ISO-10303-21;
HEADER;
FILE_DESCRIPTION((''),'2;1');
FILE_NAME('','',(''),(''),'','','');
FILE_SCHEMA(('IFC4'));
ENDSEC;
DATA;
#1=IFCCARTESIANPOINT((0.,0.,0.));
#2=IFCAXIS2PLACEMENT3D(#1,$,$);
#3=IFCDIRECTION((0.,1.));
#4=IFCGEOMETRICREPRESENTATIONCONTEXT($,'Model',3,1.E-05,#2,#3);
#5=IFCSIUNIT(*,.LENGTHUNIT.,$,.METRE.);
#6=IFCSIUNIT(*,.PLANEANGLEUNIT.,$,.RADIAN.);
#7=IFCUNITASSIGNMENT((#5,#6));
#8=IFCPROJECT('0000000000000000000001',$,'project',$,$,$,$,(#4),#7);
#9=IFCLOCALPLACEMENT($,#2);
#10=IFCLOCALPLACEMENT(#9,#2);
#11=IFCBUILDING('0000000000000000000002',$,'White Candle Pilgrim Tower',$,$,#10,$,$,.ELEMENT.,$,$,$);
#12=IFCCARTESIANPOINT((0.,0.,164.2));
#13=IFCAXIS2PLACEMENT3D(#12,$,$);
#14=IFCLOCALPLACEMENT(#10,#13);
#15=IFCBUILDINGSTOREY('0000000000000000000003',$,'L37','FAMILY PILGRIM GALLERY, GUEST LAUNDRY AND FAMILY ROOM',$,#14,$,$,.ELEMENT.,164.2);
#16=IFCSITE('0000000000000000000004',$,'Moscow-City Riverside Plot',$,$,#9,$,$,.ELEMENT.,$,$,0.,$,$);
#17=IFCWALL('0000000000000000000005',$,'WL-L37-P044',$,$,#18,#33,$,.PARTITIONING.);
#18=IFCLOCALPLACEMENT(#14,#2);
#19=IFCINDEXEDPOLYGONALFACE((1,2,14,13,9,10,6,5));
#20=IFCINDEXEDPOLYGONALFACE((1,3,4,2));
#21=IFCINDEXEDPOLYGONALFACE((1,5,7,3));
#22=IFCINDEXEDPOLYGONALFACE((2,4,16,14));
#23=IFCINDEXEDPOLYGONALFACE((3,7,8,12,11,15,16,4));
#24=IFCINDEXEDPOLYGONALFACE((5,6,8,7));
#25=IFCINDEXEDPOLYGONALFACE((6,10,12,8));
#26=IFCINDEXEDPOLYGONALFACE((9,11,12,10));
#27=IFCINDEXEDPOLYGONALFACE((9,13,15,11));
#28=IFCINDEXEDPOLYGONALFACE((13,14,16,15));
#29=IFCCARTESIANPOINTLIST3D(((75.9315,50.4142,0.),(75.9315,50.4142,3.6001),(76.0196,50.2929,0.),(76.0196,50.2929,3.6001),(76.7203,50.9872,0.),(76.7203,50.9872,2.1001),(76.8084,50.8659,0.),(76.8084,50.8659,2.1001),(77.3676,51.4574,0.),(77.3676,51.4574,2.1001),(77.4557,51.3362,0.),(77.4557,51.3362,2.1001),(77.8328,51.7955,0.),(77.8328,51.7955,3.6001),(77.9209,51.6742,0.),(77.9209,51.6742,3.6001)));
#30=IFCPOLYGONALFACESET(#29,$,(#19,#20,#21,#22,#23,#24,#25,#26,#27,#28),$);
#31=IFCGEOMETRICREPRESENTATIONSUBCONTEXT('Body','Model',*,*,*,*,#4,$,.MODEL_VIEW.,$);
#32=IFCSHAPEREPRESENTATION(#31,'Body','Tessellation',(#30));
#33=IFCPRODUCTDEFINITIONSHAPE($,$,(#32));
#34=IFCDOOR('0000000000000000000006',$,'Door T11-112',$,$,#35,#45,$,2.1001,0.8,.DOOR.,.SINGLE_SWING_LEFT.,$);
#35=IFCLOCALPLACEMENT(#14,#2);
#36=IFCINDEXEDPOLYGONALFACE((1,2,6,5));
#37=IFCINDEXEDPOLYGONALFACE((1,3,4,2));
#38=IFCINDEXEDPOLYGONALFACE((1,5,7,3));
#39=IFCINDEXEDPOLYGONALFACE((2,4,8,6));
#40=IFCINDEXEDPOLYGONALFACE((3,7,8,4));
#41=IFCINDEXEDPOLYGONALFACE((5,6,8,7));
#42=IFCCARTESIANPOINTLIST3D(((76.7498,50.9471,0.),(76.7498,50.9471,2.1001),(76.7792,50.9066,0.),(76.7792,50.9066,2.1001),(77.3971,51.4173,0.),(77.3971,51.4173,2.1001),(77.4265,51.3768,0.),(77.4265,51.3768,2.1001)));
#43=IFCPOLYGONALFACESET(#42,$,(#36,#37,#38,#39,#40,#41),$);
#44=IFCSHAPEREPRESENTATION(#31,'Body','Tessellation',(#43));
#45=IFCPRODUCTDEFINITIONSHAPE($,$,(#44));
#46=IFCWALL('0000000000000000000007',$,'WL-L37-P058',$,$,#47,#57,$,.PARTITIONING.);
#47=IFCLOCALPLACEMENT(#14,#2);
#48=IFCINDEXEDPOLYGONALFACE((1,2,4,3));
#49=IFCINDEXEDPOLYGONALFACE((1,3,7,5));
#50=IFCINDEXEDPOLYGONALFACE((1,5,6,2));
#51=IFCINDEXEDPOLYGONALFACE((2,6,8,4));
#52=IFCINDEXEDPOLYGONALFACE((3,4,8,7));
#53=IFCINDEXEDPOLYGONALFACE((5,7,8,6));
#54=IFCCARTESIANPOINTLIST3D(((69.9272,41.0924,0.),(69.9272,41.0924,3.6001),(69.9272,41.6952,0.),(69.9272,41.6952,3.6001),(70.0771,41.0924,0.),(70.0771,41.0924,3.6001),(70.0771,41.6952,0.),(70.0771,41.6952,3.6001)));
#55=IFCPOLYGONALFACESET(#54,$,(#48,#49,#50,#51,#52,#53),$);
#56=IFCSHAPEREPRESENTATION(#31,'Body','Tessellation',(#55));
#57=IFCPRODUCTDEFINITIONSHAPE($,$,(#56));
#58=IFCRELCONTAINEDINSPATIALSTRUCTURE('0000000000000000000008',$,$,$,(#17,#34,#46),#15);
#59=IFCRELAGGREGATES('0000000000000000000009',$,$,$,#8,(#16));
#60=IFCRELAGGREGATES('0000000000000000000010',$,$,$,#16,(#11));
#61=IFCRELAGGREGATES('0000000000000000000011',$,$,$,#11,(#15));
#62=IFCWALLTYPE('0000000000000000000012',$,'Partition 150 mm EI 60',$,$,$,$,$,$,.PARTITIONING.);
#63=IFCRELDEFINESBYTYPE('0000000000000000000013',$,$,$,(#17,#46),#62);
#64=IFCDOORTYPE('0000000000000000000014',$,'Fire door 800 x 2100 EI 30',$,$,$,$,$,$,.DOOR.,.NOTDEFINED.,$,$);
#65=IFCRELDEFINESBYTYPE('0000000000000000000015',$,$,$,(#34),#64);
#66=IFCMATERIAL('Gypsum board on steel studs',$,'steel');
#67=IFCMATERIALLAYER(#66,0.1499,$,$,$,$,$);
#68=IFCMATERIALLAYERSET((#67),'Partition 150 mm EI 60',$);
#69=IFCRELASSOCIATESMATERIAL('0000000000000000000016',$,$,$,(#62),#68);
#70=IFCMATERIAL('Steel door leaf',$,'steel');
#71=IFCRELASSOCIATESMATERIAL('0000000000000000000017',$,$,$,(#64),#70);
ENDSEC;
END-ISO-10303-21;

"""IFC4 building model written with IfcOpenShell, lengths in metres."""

from ifc_helpers import new_model, si_unit, direction, frame, frame_2d, origin, place, context, subcontext, project, spatial, rectangle, extrude, material, layer, layer_set, type_object, element, fill, save


model = new_model("IFC4")

# Units and contexts
model_context = context("Model", 3, precision=1e-05, world=origin(), true_north=direction((0.0, 1.0)))
body_context = subcontext(model_context, "Body", "Model", "MODEL_VIEW")
ifc_project = project(units=[si_unit("LENGTHUNIT", "METRE"), si_unit("PLANEANGLEUNIT", "RADIAN")], contexts=[model_context])

# Site, building, storey
site_placement = place(None, origin())
site = spatial("IfcSite", under=ifc_project, at=site_placement, Name="Moscow-City Riverside Plot", CompositionType="ELEMENT", RefElevation=0.0)
building_placement = place(site_placement, origin())
building = spatial("IfcBuilding", under=site, at=building_placement, Name="White Candle Pilgrim Tower", CompositionType="ELEMENT")
storey_placement = place(building_placement, frame((0.0, 0.0, 164.2)))
storey = spatial("IfcBuildingStorey", under=building, at=storey_placement, Name="L37", Description="FAMILY PILGRIM GALLERY, GUEST LAUNDRY AND FAMILY ROOM", CompositionType="ELEMENT", Elevation=164.2)

# Shared definitions
ifc_material_1 = material(Name="Gypsum board on steel studs", Category="steel")
ifc_material_2 = material(Name="Steel door leaf", Category="steel")

# Shared definitions
ifc_layer_1 = layer(ifc_material_1, 0.1499)
ifc_layer_set_1 = layer_set([ifc_layer_1], Name="Partition 150 mm EI 60")
wall_type_1 = type_object("IfcWallType", Name="Partition 150 mm EI 60", PredefinedType="PARTITIONING", material=ifc_layer_set_1)

# Wall, opening, door
wall_1_placement = place(storey_placement, frame((75.9756, 50.3535, 0.0), z_axis=(0.0, 0.0, 1.0), x_axis=(0.809032, 0.587764, 0.0)))
wall_1 = element("IfcWall", 1, at=wall_1_placement, inside=storey, type_object=wall_type_1, Name="WL-L37-P044", PredefinedType="PARTITIONING", context=body_context, shape_type="SweptSolid", body=[
    extrude(rectangle(XDim=2.3501, YDim=0.1499, at=frame_2d((1.175, 0.0))), origin(), (0.0, 0.0, 1.0), 3.6001),
])
opening_1_placement = place(wall_1_placement, frame((0.9751, 0.0, 0.0)))
opening_1 = element("IfcOpeningElement", 2, at=opening_1_placement, cuts=wall_1, PredefinedType="OPENING", context=body_context, shape_type="SweptSolid", body=[
    extrude(rectangle(XDim=0.8, YDim=2.1001, at=frame_2d((0.3999, 1.05))), frame((0.0, 0.085, 0.0), z_axis=(0.0, -1.0, 0.0), x_axis=(1.0, 0.0, 0.0)), (0.0, 0.0, 1.0), 0.1699),
])
door_type_1 = type_object("IfcDoorType", Name="Fire door 800 x 2100 EI 30", OperationType="NOTDEFINED", PredefinedType="DOOR", material=ifc_material_2)
door_1_placement = place(opening_1_placement, frame((0.8, 0.0, 0.0), z_axis=(0.0, 0.0, 1.0), x_axis=(-1.0, 0.0, 0.0)))
door_1 = element("IfcDoor", 3, at=door_1_placement, inside=storey, type_object=door_type_1, Name="Door T11-112", OperationType="SINGLE_SWING_LEFT", OverallHeight=2.1001, OverallWidth=0.8, PredefinedType="DOOR", context=body_context, shape_type="SweptSolid", body=[
    extrude(rectangle(XDim=0.8, YDim=2.1001, at=frame_2d((0.3999, 1.05))), frame((0.0, 0.0249, 0.0), z_axis=(0.0, -1.0, 0.0), x_axis=(1.0, 0.0, 0.0)), (0.0, 0.0, 1.0), 0.05),
])
fill(opening_1, door_1)

# Wall
wall_2_placement = place(storey_placement, frame((70.0022, 41.6951, 0.0), z_axis=(0.0, 0.0, 1.0), x_axis=(0.0, -1.0, 0.0)))
element("IfcWall", 4, at=wall_2_placement, inside=storey, type_object=wall_type_1, Name="WL-L37-P058", PredefinedType="PARTITIONING", context=body_context, shape_type="SweptSolid", body=[
    extrude(rectangle(XDim=0.6028, YDim=0.1499, at=frame_2d((0.3013, 0.0))), origin(), (0.0, 0.0, 1.0), 3.6001),
])

save(model, "model.ifc")
